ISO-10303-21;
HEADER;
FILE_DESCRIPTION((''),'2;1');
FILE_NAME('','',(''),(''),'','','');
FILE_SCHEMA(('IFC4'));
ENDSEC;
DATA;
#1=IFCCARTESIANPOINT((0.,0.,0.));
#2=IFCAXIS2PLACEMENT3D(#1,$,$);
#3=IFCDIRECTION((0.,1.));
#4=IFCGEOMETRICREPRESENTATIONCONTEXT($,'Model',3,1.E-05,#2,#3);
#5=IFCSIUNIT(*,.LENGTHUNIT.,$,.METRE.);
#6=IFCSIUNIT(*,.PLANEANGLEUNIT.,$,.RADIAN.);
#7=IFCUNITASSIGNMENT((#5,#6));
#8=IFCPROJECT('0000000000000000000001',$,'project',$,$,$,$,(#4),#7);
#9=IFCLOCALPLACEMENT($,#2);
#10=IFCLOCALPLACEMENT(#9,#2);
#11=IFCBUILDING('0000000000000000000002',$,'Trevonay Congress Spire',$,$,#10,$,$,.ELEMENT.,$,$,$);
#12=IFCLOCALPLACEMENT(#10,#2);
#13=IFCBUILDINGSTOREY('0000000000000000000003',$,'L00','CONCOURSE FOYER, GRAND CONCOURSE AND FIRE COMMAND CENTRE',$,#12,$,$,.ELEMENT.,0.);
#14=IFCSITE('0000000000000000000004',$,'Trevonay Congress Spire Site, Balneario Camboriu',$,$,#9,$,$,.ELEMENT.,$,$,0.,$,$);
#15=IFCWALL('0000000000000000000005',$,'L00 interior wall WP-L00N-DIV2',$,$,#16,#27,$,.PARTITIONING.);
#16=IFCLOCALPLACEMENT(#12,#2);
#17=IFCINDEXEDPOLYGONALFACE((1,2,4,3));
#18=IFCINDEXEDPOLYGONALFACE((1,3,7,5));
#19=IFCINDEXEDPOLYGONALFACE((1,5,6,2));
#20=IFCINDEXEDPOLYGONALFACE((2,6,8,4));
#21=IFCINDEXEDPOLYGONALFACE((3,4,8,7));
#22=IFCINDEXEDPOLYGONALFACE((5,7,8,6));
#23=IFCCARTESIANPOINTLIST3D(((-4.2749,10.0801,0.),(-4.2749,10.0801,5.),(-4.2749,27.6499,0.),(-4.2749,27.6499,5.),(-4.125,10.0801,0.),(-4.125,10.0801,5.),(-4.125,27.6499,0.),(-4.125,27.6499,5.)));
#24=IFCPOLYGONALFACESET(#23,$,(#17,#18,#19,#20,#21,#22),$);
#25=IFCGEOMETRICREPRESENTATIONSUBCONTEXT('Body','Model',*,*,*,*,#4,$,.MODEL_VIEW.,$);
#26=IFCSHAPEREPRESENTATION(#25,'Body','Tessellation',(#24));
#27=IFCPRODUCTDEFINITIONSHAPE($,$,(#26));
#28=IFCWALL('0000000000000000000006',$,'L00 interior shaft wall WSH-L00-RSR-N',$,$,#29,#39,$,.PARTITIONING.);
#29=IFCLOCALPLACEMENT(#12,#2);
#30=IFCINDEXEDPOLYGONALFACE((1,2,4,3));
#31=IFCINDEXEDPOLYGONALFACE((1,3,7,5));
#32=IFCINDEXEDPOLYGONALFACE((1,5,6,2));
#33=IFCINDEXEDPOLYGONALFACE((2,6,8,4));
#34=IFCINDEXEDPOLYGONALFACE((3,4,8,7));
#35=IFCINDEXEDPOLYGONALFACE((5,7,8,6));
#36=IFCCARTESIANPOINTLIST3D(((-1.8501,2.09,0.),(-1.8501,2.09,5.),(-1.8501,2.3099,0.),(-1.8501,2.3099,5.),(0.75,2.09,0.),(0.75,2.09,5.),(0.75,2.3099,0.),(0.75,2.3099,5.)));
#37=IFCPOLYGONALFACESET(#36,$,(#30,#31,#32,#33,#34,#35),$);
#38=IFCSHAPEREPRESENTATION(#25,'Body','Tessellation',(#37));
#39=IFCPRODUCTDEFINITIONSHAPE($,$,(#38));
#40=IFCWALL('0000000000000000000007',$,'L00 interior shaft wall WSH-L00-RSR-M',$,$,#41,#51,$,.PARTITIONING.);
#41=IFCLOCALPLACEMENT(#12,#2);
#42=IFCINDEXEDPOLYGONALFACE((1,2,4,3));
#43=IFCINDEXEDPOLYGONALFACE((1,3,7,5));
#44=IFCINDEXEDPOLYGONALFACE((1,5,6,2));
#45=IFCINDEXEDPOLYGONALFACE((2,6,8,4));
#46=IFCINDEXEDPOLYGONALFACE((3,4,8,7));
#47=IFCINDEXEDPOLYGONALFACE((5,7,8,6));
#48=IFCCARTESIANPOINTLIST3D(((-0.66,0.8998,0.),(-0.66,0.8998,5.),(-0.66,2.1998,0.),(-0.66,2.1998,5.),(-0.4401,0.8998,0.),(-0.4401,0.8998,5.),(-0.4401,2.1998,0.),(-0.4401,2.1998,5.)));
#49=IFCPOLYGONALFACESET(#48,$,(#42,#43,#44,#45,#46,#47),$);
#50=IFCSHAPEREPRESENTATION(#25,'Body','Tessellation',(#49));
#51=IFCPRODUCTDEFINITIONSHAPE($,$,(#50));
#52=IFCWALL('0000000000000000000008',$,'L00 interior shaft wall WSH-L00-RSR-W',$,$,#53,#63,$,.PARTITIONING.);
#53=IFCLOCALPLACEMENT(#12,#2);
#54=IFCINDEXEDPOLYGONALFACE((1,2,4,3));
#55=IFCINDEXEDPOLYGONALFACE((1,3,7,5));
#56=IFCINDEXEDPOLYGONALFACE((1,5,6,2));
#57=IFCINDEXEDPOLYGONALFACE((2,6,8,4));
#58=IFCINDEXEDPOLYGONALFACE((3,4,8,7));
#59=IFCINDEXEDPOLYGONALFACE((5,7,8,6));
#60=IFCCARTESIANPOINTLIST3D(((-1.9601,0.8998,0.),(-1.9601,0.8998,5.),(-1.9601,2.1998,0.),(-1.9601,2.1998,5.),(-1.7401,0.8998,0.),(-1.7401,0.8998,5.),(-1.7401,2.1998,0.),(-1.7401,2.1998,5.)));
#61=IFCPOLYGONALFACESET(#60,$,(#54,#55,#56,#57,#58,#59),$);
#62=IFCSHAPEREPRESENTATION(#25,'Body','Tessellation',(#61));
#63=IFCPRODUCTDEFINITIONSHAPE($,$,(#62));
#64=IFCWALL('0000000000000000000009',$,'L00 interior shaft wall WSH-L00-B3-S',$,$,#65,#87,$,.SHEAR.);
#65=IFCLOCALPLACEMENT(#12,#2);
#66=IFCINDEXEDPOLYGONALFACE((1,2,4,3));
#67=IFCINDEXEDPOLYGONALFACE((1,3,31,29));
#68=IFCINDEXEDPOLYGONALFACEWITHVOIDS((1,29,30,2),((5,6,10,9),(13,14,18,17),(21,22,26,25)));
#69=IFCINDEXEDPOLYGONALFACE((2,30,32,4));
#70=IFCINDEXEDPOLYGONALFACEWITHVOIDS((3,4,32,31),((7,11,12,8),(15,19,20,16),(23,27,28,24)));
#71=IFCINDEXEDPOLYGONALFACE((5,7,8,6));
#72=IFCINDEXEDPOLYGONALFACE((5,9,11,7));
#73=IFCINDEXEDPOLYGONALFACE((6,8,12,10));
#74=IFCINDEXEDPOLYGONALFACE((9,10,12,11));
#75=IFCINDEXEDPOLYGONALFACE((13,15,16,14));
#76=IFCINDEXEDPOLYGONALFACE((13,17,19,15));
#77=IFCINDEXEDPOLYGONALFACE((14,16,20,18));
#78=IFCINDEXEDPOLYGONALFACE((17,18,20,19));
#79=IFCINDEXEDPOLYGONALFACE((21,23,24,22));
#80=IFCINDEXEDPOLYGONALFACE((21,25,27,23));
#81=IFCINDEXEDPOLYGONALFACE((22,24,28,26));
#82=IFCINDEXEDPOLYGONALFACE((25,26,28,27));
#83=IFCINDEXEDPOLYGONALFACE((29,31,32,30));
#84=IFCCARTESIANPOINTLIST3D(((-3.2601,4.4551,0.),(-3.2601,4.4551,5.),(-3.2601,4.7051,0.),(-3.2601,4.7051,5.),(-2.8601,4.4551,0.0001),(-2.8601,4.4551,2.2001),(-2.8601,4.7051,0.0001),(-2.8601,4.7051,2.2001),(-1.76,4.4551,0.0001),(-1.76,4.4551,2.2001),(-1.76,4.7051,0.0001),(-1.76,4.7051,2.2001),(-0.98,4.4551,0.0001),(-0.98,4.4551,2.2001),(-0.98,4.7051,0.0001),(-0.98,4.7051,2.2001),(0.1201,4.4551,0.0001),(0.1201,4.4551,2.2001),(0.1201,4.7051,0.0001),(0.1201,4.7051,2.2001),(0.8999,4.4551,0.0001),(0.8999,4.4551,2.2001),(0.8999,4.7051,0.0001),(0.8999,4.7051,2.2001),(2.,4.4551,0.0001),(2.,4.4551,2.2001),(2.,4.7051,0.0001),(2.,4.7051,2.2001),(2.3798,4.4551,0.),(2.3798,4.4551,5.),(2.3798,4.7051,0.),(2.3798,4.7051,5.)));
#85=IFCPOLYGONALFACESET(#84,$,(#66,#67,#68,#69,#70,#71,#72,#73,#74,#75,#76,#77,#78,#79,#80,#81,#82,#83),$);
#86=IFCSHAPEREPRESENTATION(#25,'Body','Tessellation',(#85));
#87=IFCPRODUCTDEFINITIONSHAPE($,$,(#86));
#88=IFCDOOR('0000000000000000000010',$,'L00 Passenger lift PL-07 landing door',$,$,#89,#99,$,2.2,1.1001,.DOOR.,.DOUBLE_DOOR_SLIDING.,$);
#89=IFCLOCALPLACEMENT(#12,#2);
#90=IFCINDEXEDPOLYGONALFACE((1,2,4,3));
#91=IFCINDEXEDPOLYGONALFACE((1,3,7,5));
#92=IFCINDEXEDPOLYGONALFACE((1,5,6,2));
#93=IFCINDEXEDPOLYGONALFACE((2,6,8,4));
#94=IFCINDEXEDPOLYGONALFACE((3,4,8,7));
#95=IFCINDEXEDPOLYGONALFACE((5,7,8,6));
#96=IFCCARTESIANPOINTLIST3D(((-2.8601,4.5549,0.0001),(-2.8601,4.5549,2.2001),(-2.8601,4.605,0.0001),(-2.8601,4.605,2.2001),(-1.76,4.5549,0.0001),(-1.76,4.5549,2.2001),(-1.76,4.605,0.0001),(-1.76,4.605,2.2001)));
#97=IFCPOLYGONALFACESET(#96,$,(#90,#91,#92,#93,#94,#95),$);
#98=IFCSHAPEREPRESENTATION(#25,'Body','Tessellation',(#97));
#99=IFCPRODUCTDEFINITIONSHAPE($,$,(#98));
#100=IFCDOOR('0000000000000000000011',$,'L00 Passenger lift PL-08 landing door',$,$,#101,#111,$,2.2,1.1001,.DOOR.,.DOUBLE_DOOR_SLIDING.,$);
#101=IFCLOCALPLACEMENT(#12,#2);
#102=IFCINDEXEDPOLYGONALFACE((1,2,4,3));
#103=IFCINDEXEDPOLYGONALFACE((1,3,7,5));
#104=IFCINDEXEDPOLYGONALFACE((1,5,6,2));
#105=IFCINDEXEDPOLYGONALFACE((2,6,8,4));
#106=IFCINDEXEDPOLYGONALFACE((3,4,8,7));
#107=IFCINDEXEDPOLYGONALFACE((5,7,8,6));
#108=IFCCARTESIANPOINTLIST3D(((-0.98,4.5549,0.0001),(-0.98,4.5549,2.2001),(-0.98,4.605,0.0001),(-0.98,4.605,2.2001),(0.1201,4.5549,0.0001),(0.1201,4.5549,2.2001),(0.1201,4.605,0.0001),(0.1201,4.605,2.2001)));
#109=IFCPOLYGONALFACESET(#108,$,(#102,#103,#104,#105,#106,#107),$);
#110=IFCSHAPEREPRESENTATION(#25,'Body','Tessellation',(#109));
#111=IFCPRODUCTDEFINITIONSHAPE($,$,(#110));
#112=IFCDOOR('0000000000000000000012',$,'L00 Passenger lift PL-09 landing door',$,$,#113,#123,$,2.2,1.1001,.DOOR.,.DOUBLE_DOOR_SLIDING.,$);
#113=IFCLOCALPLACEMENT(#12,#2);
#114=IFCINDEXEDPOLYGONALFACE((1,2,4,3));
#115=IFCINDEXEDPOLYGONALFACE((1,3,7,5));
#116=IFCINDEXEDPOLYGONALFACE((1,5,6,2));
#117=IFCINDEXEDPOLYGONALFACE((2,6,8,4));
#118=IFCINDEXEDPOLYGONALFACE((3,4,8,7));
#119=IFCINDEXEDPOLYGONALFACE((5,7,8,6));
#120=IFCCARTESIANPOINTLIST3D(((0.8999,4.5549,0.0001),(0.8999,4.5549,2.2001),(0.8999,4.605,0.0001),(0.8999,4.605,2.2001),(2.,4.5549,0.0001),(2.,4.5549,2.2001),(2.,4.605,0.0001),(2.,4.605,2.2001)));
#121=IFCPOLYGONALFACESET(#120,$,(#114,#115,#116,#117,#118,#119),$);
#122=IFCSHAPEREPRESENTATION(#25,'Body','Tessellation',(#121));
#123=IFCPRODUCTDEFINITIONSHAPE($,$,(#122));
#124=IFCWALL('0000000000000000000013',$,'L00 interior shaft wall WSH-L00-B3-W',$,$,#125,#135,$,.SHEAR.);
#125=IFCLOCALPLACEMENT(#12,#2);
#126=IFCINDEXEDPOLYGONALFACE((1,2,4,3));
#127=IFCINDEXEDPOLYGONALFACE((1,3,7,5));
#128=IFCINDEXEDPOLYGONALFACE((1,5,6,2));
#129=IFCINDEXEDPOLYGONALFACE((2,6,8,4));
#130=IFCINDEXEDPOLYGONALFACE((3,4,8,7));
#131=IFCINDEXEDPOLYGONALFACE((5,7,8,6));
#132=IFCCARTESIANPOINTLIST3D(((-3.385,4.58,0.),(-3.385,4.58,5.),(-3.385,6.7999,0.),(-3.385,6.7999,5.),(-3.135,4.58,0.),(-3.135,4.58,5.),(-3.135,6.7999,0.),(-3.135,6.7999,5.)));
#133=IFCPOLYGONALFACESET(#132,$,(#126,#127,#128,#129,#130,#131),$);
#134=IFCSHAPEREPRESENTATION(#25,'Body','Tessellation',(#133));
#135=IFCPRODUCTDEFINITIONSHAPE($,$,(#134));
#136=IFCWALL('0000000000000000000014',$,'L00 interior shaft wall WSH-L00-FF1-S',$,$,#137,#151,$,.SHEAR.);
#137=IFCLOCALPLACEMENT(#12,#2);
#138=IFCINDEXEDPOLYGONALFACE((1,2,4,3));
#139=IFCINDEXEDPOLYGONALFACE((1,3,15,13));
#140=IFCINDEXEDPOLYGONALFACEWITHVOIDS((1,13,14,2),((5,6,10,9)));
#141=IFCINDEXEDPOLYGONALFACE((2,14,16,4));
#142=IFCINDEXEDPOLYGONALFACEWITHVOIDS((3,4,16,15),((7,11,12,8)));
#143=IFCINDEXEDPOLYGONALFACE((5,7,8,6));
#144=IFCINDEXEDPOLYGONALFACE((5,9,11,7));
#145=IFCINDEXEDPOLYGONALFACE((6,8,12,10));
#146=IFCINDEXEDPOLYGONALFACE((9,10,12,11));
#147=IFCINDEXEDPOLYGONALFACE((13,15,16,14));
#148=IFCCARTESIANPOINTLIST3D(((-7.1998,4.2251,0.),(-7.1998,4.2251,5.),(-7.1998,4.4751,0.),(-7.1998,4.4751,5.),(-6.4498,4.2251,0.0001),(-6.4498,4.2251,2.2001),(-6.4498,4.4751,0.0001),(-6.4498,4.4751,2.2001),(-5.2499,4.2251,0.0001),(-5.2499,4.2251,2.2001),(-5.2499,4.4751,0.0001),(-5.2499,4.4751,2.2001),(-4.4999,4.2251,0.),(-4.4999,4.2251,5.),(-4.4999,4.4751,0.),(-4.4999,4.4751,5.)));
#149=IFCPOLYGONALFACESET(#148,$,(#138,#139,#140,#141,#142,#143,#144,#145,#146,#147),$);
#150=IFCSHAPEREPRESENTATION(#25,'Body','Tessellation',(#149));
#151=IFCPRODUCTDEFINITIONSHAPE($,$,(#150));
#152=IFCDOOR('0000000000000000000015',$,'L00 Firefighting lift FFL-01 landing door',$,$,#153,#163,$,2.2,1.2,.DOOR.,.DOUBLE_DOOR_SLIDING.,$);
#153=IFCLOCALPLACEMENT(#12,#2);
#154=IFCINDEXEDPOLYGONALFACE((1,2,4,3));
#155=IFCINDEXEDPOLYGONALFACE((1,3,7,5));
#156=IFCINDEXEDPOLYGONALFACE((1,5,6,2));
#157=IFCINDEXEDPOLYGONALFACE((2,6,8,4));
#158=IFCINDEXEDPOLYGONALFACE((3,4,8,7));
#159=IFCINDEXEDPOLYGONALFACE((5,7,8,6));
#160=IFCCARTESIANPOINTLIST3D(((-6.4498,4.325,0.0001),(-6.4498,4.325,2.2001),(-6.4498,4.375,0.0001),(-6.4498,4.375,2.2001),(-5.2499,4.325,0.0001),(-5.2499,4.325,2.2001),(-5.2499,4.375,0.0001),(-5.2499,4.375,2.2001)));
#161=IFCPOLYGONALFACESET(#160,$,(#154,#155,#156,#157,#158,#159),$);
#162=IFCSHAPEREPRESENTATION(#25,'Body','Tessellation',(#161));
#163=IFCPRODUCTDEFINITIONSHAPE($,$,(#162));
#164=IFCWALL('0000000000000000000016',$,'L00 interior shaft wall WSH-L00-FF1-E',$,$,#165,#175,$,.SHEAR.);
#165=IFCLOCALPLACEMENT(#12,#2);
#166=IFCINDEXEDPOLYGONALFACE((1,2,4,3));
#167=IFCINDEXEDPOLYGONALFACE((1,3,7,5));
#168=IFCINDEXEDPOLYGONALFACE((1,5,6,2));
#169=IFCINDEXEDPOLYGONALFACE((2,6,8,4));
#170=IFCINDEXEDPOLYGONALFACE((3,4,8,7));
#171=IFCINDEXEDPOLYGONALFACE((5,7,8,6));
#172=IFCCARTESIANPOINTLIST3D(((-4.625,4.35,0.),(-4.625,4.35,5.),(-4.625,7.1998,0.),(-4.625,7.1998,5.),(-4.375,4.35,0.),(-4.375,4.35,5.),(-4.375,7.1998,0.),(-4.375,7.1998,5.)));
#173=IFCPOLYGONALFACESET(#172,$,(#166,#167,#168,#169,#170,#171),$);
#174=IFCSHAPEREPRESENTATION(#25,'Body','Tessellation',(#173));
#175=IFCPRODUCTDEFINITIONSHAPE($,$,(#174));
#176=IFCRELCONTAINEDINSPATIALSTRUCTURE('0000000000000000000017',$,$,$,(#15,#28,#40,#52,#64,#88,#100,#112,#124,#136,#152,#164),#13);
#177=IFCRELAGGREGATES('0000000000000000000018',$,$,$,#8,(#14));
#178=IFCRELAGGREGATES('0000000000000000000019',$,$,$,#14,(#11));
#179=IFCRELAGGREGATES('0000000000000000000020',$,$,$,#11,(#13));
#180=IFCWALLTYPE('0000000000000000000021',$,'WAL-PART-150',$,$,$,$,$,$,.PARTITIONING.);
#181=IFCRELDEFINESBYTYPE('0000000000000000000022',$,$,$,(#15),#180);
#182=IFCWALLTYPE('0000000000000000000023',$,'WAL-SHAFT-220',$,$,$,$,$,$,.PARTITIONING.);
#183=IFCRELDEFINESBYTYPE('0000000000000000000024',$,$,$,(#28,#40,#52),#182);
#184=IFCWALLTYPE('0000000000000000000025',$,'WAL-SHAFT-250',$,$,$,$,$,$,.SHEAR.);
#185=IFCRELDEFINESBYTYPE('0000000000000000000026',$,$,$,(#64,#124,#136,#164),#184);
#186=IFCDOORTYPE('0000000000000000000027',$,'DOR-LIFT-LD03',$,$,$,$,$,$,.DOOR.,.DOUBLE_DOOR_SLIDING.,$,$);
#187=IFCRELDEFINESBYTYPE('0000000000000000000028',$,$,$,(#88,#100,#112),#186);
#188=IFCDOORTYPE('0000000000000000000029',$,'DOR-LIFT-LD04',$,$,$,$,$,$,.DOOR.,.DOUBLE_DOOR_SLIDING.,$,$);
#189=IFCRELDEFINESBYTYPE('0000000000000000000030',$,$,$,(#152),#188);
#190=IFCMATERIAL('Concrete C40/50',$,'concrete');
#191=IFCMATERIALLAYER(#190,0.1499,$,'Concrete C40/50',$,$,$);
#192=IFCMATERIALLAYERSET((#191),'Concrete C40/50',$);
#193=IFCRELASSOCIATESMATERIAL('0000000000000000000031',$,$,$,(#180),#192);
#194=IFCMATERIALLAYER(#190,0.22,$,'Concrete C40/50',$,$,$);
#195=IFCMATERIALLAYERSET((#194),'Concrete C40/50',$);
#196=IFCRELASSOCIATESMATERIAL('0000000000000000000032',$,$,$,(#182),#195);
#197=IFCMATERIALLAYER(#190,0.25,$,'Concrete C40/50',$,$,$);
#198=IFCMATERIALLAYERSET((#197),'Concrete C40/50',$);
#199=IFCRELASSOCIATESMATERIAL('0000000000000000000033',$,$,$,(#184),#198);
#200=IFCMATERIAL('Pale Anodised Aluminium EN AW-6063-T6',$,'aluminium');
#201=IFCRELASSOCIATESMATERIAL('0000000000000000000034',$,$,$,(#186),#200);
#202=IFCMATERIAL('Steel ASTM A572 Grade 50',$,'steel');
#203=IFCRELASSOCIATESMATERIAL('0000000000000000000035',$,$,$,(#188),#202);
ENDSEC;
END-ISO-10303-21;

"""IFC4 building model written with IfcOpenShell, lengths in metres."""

from ifc_helpers import new_model, si_unit, direction, frame, frame_2d, origin, place, context, subcontext, project, spatial, rectangle, extrude, material, layer, layer_set, type_object, element, fill, save


model = new_model("IFC4")

# Units and contexts
model_context = context("Model", 3, precision=1e-05, world=origin(), true_north=direction((0.0, 1.0)))
body_context = subcontext(model_context, "Body", "Model", "MODEL_VIEW")
ifc_project = project(units=[si_unit("LENGTHUNIT", "METRE"), si_unit("PLANEANGLEUNIT", "RADIAN")], contexts=[model_context])

# Site, building, storey
site_placement = place(None, origin())
site = spatial("IfcSite", under=ifc_project, at=site_placement, Name="Trevonay Congress Spire Site, Balneario Camboriu", CompositionType="ELEMENT", RefElevation=0.0)
building_placement = place(site_placement, origin())
building = spatial("IfcBuilding", under=site, at=building_placement, Name="Trevonay Congress Spire", CompositionType="ELEMENT")
storey_placement = place(building_placement, origin())
storey = spatial("IfcBuildingStorey", under=building, at=storey_placement, Name="L00", Description="CONCOURSE FOYER, GRAND CONCOURSE AND FIRE COMMAND CENTRE", CompositionType="ELEMENT", Elevation=0.0)

# Shared definitions
ifc_material_1 = material(Name="Steel ASTM A572 Grade 50", Category="steel")

# Walls
ifc_material_2 = material(Name="Concrete C40/50", Category="concrete")
ifc_layer_1 = layer(ifc_material_2, 0.1499, Name="Concrete C40/50")
ifc_layer_set_1 = layer_set([ifc_layer_1], Name="Concrete C40/50")
wall_type_1 = type_object("IfcWallType", Name="WAL-PART-150", PredefinedType="PARTITIONING", material=ifc_layer_set_1)
wall_1_placement = place(storey_placement, frame((-4.2, 10.0801, 0.0), z_axis=(0.0, 0.0, 1.0), x_axis=(0.0, 1.0, 0.0)))
element("IfcWall", 1, at=wall_1_placement, inside=storey, type_object=wall_type_1, Name="L00 interior wall WP-L00N-DIV2", PredefinedType="PARTITIONING", context=body_context, shape_type="SweptSolid", body=[
    extrude(rectangle(XDim=17.5698, YDim=0.1499, at=frame_2d((8.7849, 0.0))), origin(), (0.0, 0.0, 1.0), 5.0),
])
ifc_layer_2 = layer(ifc_material_2, 0.22, Name="Concrete C40/50")
ifc_layer_set_2 = layer_set([ifc_layer_2], Name="Concrete C40/50")
wall_type_2 = type_object("IfcWallType", Name="WAL-SHAFT-220", PredefinedType="PARTITIONING", material=ifc_layer_set_2)
wall_2_placement = place(storey_placement, frame((-1.8501, 2.2, 0.0), z_axis=(0.0, 0.0, 1.0), x_axis=(1.0, 0.0, 0.0)))
element("IfcWall", 2, at=wall_2_placement, inside=storey, type_object=wall_type_2, Name="L00 interior shaft wall WSH-L00-RSR-N", PredefinedType="PARTITIONING", context=body_context, shape_type="SweptSolid", body=[
    extrude(rectangle(XDim=2.6001, YDim=0.22, at=frame_2d((1.3, 0.0))), origin(), (0.0, 0.0, 1.0), 5.0),
])
for number, where, z_axis, x_axis, name in (
    (3, (-0.55, 0.8999, 0.0), (0.0, 0.0, 1.0), (0.0, 1.0, 0.0), "L00 interior shaft wall WSH-L00-RSR-M"),
    (4, (-1.8501, 0.8999, 0.0), (0.0, 0.0, 1.0), (0.0, 1.0, 0.0), "L00 interior shaft wall WSH-L00-RSR-W"),
):
    element("IfcWall", number, at=place(storey_placement, frame(where, z_axis=z_axis, x_axis=x_axis)), inside=storey, type_object=wall_type_2, Name=name, PredefinedType="PARTITIONING", context=body_context, shape_type="SweptSolid", body=[
        extrude(rectangle(XDim=1.3, YDim=0.22, at=frame_2d((0.6499, 0.0))), origin(), (0.0, 0.0, 1.0), 5.0),
    ])

# Wall, openings, doors
ifc_layer_3 = layer(ifc_material_2, 0.25, Name="Concrete C40/50")
ifc_layer_set_3 = layer_set([ifc_layer_3], Name="Concrete C40/50")
wall_type_3 = type_object("IfcWallType", Name="WAL-SHAFT-250", PredefinedType="SHEAR", material=ifc_layer_set_3)
wall_3_placement = place(storey_placement, frame((-3.26, 4.5801, 0.0), z_axis=(0.0, 0.0, 1.0), x_axis=(1.0, 0.0, 0.0)))
wall_3 = element("IfcWall", 5, at=wall_3_placement, inside=storey, type_object=wall_type_3, Name="L00 interior shaft wall WSH-L00-B3-S", PredefinedType="SHEAR", context=body_context, shape_type="SweptSolid", body=[
    extrude(rectangle(XDim=5.6399, YDim=0.25, at=frame_2d((2.8198, 0.0))), origin(), (0.0, 0.0, 1.0), 5.0),
])
opening_1_placement = place(wall_3_placement, frame((0.3999, 0.0, 0.0)))
opening_1 = element("IfcOpeningElement", 6, at=opening_1_placement, cuts=wall_3, PredefinedType="OPENING", context=body_context, shape_type="SweptSolid", body=[
    extrude(rectangle(XDim=1.1001, YDim=2.2, at=frame_2d((0.55, 1.1001))), frame((0.0, 0.135, 0.0), z_axis=(0.0, -1.0, 0.0), x_axis=(1.0, 0.0, 0.0)), (0.0, 0.0, 1.0), 0.27),
])
opening_2_placement = place(wall_3_placement, frame((2.28, 0.0, 0.0)))
opening_2 = element("IfcOpeningElement", 7, at=opening_2_placement, cuts=wall_3, PredefinedType="OPENING", context=body_context, shape_type="SweptSolid", body=[
    extrude(rectangle(XDim=1.1001, YDim=2.2, at=frame_2d((0.55, 1.1001))), frame((0.0, 0.135, 0.0), z_axis=(0.0, -1.0, 0.0), x_axis=(1.0, 0.0, 0.0)), (0.0, 0.0, 1.0), 0.27),
])
opening_3_placement = place(wall_3_placement, frame((4.1599, 0.0, 0.0)))
opening_3 = element("IfcOpeningElement", 8, at=opening_3_placement, cuts=wall_3, PredefinedType="OPENING", context=body_context, shape_type="SweptSolid", body=[
    extrude(rectangle(XDim=1.1001, YDim=2.2, at=frame_2d((0.55, 1.1001))), frame((0.0, 0.135, 0.0), z_axis=(0.0, -1.0, 0.0), x_axis=(1.0, 0.0, 0.0)), (0.0, 0.0, 1.0), 0.27),
])
ifc_material_3 = material(Name="Pale Anodised Aluminium EN AW-6063-T6", Category="aluminium")
door_type_1 = type_object("IfcDoorType", Name="DOR-LIFT-LD03", OperationType="DOUBLE_DOOR_SLIDING", PredefinedType="DOOR", material=ifc_material_3)
door_1_placement = place(opening_1_placement, origin())
door_1 = element("IfcDoor", 9, at=door_1_placement, inside=storey, type_object=door_type_1, Name="L00 Passenger lift PL-07 landing door", OperationType="DOUBLE_DOOR_SLIDING", OverallHeight=2.2, OverallWidth=1.1001, PredefinedType="DOOR", context=body_context, shape_type="SweptSolid", body=[
    extrude(rectangle(XDim=1.1001, YDim=2.2, at=frame_2d((0.55, 1.1001))), frame((0.0, 0.0249, 0.0), z_axis=(0.0, -1.0, 0.0), x_axis=(1.0, 0.0, 0.0)), (0.0, 0.0, 1.0), 0.05),
])
fill(opening_1, door_1)
door_2_placement = place(opening_2_placement, origin())
door_2 = element("IfcDoor", 10, at=door_2_placement, inside=storey, type_object=door_type_1, Name="L00 Passenger lift PL-08 landing door", OperationType="DOUBLE_DOOR_SLIDING", OverallHeight=2.2, OverallWidth=1.1001, PredefinedType="DOOR", context=body_context, shape_type="SweptSolid", body=[
    extrude(rectangle(XDim=1.1001, YDim=2.2, at=frame_2d((0.55, 1.1001))), frame((0.0, 0.0249, 0.0), z_axis=(0.0, -1.0, 0.0), x_axis=(1.0, 0.0, 0.0)), (0.0, 0.0, 1.0), 0.05),
])
fill(opening_2, door_2)
door_3_placement = place(opening_3_placement, origin())
door_3 = element("IfcDoor", 11, at=door_3_placement, inside=storey, type_object=door_type_1, Name="L00 Passenger lift PL-09 landing door", OperationType="DOUBLE_DOOR_SLIDING", OverallHeight=2.2, OverallWidth=1.1001, PredefinedType="DOOR", context=body_context, shape_type="SweptSolid", body=[
    extrude(rectangle(XDim=1.1001, YDim=2.2, at=frame_2d((0.55, 1.1001))), frame((0.0, 0.0249, 0.0), z_axis=(0.0, -1.0, 0.0), x_axis=(1.0, 0.0, 0.0)), (0.0, 0.0, 1.0), 0.05),
])
fill(opening_3, door_3)

# Wall
wall_4_placement = place(storey_placement, frame((-3.26, 4.5801, 0.0), z_axis=(0.0, 0.0, 1.0), x_axis=(0.0, 1.0, 0.0)))
element("IfcWall", 12, at=wall_4_placement, inside=storey, type_object=wall_type_3, Name="L00 interior shaft wall WSH-L00-B3-W", PredefinedType="SHEAR", context=body_context, shape_type="SweptSolid", body=[
    extrude(rectangle(XDim=2.22, YDim=0.25, at=frame_2d((1.1099, 0.0))), origin(), (0.0, 0.0, 1.0), 5.0),
])

# Wall, opening, door
wall_5_placement = place(storey_placement, frame((-7.2, 4.3501, 0.0), z_axis=(0.0, 0.0, 1.0), x_axis=(1.0, 0.0, 0.0)))
wall_5 = element("IfcWall", 13, at=wall_5_placement, inside=storey, type_object=wall_type_3, Name="L00 interior shaft wall WSH-L00-FF1-S", PredefinedType="SHEAR", context=body_context, shape_type="SweptSolid", body=[
    extrude(rectangle(XDim=2.7, YDim=0.25, at=frame_2d((1.3501, 0.0))), origin(), (0.0, 0.0, 1.0), 5.0),
])
opening_4_placement = place(wall_5_placement, frame((0.75, 0.0, 0.0)))
opening_4 = element("IfcOpeningElement", 14, at=opening_4_placement, cuts=wall_5, PredefinedType="OPENING", context=body_context, shape_type="SweptSolid", body=[
    extrude(rectangle(XDim=1.2, YDim=2.2, at=frame_2d((0.6001, 1.1001))), frame((0.0, 0.135, 0.0), z_axis=(0.0, -1.0, 0.0), x_axis=(1.0, 0.0, 0.0)), (0.0, 0.0, 1.0), 0.27),
])
door_type_2 = type_object("IfcDoorType", Name="DOR-LIFT-LD04", OperationType="DOUBLE_DOOR_SLIDING", PredefinedType="DOOR", material=ifc_material_1)
door_4_placement = place(opening_4_placement, origin())
door_4 = element("IfcDoor", 15, at=door_4_placement, inside=storey, type_object=door_type_2, Name="L00 Firefighting lift FFL-01 landing door", OperationType="DOUBLE_DOOR_SLIDING", OverallHeight=2.2, OverallWidth=1.2, PredefinedType="DOOR", context=body_context, shape_type="SweptSolid", body=[
    extrude(rectangle(XDim=1.2, YDim=2.2, at=frame_2d((0.6001, 1.1001))), frame((0.0, 0.0249, 0.0), z_axis=(0.0, -1.0, 0.0), x_axis=(1.0, 0.0, 0.0)), (0.0, 0.0, 1.0), 0.05),
])
fill(opening_4, door_4)

# Wall
wall_6_placement = place(storey_placement, frame((-4.5, 4.3501, 0.0), z_axis=(0.0, 0.0, 1.0), x_axis=(0.0, 1.0, 0.0)))
element("IfcWall", 16, at=wall_6_placement, inside=storey, type_object=wall_type_3, Name="L00 interior shaft wall WSH-L00-FF1-E", PredefinedType="SHEAR", context=body_context, shape_type="SweptSolid", body=[
    extrude(rectangle(XDim=2.8499, YDim=0.25, at=frame_2d((1.4248, 0.0))), origin(), (0.0, 0.0, 1.0), 5.0),
])

save(model, "model.ifc")
